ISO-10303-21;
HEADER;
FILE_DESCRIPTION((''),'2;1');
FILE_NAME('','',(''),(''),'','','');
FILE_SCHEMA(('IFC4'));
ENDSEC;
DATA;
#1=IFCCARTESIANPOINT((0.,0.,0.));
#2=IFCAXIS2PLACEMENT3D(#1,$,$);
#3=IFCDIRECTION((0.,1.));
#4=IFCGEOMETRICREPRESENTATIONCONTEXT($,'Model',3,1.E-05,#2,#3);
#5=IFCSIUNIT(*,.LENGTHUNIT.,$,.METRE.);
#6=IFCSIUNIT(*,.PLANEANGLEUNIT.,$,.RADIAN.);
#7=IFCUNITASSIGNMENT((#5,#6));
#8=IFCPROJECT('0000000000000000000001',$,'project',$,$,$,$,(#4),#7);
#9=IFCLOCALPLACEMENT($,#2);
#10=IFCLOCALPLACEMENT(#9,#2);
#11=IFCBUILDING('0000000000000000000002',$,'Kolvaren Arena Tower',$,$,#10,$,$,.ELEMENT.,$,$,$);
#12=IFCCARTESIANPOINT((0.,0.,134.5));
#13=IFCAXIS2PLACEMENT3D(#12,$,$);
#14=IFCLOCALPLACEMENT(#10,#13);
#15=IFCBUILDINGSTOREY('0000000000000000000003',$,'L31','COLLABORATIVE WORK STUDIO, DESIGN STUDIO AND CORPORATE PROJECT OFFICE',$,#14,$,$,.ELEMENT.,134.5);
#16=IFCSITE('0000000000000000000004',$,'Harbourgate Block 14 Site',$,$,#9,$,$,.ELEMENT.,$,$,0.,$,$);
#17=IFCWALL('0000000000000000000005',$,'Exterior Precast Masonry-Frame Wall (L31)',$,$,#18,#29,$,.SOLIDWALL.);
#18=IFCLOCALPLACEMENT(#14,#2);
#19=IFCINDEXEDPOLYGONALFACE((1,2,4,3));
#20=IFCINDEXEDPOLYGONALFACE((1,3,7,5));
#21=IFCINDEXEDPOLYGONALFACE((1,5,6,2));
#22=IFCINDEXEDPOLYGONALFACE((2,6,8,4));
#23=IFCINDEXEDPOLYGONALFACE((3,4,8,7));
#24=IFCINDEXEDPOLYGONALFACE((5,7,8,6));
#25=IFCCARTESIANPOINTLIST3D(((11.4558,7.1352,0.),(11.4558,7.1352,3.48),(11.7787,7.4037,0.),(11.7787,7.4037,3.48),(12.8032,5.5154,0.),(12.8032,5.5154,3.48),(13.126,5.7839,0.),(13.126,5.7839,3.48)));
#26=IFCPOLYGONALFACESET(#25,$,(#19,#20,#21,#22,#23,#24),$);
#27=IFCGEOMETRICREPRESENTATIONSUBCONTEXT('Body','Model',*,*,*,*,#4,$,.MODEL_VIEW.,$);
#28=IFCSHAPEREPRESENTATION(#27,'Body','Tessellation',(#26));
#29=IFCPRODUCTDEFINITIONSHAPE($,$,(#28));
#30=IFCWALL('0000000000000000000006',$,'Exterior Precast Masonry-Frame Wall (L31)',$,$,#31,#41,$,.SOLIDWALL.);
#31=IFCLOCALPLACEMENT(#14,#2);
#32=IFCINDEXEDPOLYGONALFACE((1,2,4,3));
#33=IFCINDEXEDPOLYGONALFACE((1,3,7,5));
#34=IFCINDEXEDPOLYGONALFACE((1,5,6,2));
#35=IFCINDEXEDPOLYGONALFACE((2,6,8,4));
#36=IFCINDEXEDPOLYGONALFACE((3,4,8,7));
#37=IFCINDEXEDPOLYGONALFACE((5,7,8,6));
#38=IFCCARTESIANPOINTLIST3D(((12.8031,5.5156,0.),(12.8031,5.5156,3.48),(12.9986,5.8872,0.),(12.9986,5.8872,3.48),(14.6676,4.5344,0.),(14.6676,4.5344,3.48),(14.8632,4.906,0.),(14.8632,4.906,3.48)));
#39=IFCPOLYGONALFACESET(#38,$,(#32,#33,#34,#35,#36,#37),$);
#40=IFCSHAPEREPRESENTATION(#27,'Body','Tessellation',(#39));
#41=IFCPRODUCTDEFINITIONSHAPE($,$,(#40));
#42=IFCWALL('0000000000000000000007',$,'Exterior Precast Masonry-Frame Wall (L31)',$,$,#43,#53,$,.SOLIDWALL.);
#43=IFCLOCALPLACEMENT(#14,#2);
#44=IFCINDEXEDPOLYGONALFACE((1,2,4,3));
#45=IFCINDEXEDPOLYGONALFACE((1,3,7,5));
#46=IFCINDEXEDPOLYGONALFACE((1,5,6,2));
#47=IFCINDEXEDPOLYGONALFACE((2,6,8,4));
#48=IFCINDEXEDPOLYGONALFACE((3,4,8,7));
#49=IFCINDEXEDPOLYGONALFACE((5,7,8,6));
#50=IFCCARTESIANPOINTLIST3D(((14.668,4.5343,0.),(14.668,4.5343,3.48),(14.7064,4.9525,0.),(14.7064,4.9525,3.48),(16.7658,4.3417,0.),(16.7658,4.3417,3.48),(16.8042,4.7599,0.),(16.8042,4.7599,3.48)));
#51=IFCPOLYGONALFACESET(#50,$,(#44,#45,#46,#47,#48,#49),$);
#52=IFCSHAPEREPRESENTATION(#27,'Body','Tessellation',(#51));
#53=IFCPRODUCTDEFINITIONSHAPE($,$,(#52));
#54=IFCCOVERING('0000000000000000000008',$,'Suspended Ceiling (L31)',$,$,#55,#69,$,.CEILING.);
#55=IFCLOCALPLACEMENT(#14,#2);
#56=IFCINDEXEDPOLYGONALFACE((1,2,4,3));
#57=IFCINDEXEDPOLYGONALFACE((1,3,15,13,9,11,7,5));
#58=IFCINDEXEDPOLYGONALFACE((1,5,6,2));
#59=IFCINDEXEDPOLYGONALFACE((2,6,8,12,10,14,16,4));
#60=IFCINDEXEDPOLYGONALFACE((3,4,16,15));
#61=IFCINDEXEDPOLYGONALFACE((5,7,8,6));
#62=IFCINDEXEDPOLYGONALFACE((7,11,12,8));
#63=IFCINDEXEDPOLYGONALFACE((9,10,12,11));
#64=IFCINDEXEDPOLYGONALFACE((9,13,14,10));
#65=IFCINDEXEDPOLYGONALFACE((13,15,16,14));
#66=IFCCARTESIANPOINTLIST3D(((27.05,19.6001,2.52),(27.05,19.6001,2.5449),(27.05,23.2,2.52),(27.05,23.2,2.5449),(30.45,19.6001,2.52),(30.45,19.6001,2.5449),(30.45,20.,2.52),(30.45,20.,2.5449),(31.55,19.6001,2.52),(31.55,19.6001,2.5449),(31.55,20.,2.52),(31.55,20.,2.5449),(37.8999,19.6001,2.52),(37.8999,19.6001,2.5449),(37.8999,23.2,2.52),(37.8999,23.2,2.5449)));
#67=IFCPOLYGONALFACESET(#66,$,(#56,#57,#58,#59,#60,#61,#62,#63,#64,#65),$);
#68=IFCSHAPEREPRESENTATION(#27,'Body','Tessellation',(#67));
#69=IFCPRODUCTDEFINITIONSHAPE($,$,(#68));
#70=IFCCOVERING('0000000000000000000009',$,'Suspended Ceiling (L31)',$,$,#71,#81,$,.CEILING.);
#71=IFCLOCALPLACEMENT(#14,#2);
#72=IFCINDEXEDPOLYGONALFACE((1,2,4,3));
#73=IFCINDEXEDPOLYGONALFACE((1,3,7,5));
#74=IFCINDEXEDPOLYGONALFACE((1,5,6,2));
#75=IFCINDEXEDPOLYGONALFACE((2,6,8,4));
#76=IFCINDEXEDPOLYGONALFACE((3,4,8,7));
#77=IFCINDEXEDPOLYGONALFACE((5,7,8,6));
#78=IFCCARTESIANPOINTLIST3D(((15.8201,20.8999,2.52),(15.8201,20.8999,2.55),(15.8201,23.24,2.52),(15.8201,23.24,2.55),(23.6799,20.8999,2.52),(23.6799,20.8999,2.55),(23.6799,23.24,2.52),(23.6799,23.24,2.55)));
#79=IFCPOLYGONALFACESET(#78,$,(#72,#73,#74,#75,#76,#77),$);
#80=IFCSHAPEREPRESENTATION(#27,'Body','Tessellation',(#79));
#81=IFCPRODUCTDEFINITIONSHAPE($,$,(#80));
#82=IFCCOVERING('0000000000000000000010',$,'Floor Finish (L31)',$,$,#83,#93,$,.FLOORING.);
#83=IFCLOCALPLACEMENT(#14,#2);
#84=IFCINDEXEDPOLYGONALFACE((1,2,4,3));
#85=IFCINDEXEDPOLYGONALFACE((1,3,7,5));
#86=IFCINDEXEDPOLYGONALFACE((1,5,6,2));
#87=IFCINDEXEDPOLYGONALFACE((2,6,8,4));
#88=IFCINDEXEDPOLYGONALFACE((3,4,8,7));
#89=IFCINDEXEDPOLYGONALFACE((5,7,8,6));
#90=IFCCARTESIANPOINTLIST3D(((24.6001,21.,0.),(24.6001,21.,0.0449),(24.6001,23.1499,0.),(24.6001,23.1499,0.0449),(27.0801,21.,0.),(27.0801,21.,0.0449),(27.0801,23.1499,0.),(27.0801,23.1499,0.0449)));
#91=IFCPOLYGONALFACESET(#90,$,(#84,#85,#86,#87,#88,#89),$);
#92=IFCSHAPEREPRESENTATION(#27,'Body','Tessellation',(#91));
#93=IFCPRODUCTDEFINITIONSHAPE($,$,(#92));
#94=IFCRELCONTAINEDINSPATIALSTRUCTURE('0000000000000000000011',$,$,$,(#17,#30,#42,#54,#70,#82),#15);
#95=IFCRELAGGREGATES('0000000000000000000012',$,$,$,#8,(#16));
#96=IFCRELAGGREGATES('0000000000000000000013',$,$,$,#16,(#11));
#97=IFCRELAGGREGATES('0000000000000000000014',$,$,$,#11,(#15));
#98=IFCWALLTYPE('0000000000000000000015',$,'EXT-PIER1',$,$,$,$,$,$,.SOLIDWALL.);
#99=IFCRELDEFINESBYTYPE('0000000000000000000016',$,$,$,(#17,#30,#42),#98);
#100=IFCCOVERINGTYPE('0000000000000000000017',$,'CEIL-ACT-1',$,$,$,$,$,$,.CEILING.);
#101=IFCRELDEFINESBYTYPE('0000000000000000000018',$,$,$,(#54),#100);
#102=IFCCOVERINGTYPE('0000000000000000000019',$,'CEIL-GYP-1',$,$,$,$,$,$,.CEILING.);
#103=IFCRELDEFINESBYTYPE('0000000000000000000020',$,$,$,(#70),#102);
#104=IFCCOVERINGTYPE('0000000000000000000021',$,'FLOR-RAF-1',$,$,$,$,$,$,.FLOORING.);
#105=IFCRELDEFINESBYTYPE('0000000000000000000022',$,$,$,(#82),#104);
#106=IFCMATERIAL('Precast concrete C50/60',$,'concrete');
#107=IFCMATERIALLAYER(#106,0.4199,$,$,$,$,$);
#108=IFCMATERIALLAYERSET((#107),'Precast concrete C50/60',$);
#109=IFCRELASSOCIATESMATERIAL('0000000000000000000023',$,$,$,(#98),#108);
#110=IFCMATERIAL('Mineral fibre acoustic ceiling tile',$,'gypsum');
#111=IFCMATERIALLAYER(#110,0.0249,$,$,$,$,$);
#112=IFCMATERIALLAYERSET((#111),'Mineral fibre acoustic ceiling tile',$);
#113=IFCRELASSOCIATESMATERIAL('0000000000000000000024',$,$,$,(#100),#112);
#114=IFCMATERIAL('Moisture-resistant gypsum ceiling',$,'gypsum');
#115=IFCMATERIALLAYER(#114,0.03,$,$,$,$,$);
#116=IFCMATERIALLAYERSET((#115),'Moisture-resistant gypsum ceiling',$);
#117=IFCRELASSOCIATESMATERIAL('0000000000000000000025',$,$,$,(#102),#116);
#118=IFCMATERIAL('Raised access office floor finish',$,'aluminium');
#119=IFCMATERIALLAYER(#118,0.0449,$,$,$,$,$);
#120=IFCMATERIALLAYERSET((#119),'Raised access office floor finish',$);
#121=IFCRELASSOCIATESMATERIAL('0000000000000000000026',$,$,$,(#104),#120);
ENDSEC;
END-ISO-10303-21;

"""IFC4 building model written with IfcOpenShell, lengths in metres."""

from ifc_helpers import new_model, si_unit, direction, frame, frame_2d, origin, place, context, subcontext, project, spatial, polyline, rectangle, outline, extrude, material, layer, layer_set, type_object, element, save


model = new_model("IFC4")

# Units and contexts
model_context = context("Model", 3, precision=1e-05, world=origin(), true_north=direction((0.0, 1.0)))
body_context = subcontext(model_context, "Body", "Model", "MODEL_VIEW")
ifc_project = project(units=[si_unit("LENGTHUNIT", "METRE"), si_unit("PLANEANGLEUNIT", "RADIAN")], contexts=[model_context])

# Site, building, storey
site_placement = place(None, origin())
site = spatial("IfcSite", under=ifc_project, at=site_placement, Name="Harbourgate Block 14 Site", CompositionType="ELEMENT", RefElevation=0.0)
building_placement = place(site_placement, origin())
building = spatial("IfcBuilding", under=site, at=building_placement, Name="Kolvaren Arena Tower", CompositionType="ELEMENT")
storey_placement = place(building_placement, frame((0.0, 0.0, 134.5)))
storey = spatial("IfcBuildingStorey", under=building, at=storey_placement, Name="L31", Description="COLLABORATIVE WORK STUDIO, DESIGN STUDIO AND CORPORATE PROJECT OFFICE", CompositionType="ELEMENT", Elevation=134.5)

# Shared definitions
ifc_material_1 = material(Name="Precast concrete C50/60", Category="concrete")
ifc_layer_1 = layer(ifc_material_1, 0.4199)
ifc_layer_set_1 = layer_set([ifc_layer_1], Name="Precast concrete C50/60")
wall_type = type_object("IfcWallType", Name="EXT-PIER1", PredefinedType="SOLIDWALL", material=ifc_layer_set_1)

# Walls
for number, where, z_axis, x_axis, name in (
    (1, (12.9646, 5.6497, 0.0), (0.0, 0.0, 1.0), (-0.639489, 0.7688, 0.0), "Exterior Precast Masonry-Frame Wall (L31)"),
    (2, (14.7654, 4.7202, 0.0), (0.0, 0.0, 1.0), (-0.884941, 0.465703, 0.0), "Exterior Precast Masonry-Frame Wall (L31)"),
):
    element("IfcWall", number, at=place(storey_placement, frame(where, z_axis=z_axis, x_axis=x_axis)), inside=storey, type_object=wall_type, Name=name, PredefinedType="SOLIDWALL", context=body_context, shape_type="SweptSolid", body=[
        extrude(rectangle(XDim=2.1069, YDim=0.4199, at=frame_2d((1.0535, 0.0))), origin(), (0.0, 0.0, 1.0), 3.48),
    ])
wall_1_placement = place(storey_placement, frame((16.7849, 4.5508, 0.0), z_axis=(0.0, 0.0, 1.0), x_axis=(-0.995811, 0.091434, 0.0)))
element("IfcWall", 3, at=wall_1_placement, inside=storey, type_object=wall_type, Name="Exterior Precast Masonry-Frame Wall (L31)", PredefinedType="SOLIDWALL", context=body_context, shape_type="SweptSolid", body=[
    extrude(rectangle(XDim=2.1067, YDim=0.4199, at=frame_2d((1.0532, 0.0))), origin(), (0.0, 0.0, 1.0), 3.48),
])

# Coverings
ifc_material_2 = material(Name="Mineral fibre acoustic ceiling tile", Category="gypsum")
ifc_layer_2 = layer(ifc_material_2, 0.0249)
ifc_layer_set_2 = layer_set([ifc_layer_2], Name="Mineral fibre acoustic ceiling tile")
covering_type_1 = type_object("IfcCoveringType", Name="CEIL-ACT-1", PredefinedType="CEILING", material=ifc_layer_set_2)
covering_1_placement = place(storey_placement, frame((0.0, 0.0, 2.52)))
element("IfcCovering", 4, at=covering_1_placement, inside=storey, type_object=covering_type_1, Name="Suspended Ceiling (L31)", PredefinedType="CEILING", context=body_context, shape_type="SweptSolid", body=[
    extrude(outline(polyline([(27.05, 19.6001), (27.05, 23.2), (37.8999, 23.2), (37.8999, 19.6001), (31.55, 19.6001), (31.55, 20.0), (30.45, 20.0), (30.45, 19.6001), (27.05, 19.6001)])), origin(), (0.0, 0.0, 1.0), 0.0249),
])
ifc_material_3 = material(Name="Moisture-resistant gypsum ceiling", Category="gypsum")
ifc_layer_3 = layer(ifc_material_3, 0.03)
ifc_layer_set_3 = layer_set([ifc_layer_3], Name="Moisture-resistant gypsum ceiling")
covering_type_2 = type_object("IfcCoveringType", Name="CEIL-GYP-1", PredefinedType="CEILING", material=ifc_layer_set_3)
covering_2_placement = place(storey_placement, frame((0.0, 0.0, 2.52)))
element("IfcCovering", 5, at=covering_2_placement, inside=storey, type_object=covering_type_2, Name="Suspended Ceiling (L31)", PredefinedType="CEILING", context=body_context, shape_type="SweptSolid", body=[
    extrude(outline(polyline([(15.8201, 20.8999), (15.8201, 23.24), (23.6799, 23.24), (23.6799, 20.8999), (15.8201, 20.8999)])), origin(), (0.0, 0.0, 1.0), 0.03),
])
ifc_material_4 = material(Name="Raised access office floor finish", Category="aluminium")
ifc_layer_4 = layer(ifc_material_4, 0.0449)
ifc_layer_set_4 = layer_set([ifc_layer_4], Name="Raised access office floor finish")
covering_type_3 = type_object("IfcCoveringType", Name="FLOR-RAF-1", PredefinedType="FLOORING", material=ifc_layer_set_4)
covering_3_placement = place(storey_placement, origin())
element("IfcCovering", 6, at=covering_3_placement, inside=storey, type_object=covering_type_3, Name="Floor Finish (L31)", PredefinedType="FLOORING", context=body_context, shape_type="SweptSolid", body=[
    extrude(outline(polyline([(24.6001, 21.0), (24.6001, 23.1499), (27.0801, 23.1499), (27.0801, 21.0), (24.6001, 21.0)])), origin(), (0.0, 0.0, 1.0), 0.0449),
])

save(model, "model.ifc")
